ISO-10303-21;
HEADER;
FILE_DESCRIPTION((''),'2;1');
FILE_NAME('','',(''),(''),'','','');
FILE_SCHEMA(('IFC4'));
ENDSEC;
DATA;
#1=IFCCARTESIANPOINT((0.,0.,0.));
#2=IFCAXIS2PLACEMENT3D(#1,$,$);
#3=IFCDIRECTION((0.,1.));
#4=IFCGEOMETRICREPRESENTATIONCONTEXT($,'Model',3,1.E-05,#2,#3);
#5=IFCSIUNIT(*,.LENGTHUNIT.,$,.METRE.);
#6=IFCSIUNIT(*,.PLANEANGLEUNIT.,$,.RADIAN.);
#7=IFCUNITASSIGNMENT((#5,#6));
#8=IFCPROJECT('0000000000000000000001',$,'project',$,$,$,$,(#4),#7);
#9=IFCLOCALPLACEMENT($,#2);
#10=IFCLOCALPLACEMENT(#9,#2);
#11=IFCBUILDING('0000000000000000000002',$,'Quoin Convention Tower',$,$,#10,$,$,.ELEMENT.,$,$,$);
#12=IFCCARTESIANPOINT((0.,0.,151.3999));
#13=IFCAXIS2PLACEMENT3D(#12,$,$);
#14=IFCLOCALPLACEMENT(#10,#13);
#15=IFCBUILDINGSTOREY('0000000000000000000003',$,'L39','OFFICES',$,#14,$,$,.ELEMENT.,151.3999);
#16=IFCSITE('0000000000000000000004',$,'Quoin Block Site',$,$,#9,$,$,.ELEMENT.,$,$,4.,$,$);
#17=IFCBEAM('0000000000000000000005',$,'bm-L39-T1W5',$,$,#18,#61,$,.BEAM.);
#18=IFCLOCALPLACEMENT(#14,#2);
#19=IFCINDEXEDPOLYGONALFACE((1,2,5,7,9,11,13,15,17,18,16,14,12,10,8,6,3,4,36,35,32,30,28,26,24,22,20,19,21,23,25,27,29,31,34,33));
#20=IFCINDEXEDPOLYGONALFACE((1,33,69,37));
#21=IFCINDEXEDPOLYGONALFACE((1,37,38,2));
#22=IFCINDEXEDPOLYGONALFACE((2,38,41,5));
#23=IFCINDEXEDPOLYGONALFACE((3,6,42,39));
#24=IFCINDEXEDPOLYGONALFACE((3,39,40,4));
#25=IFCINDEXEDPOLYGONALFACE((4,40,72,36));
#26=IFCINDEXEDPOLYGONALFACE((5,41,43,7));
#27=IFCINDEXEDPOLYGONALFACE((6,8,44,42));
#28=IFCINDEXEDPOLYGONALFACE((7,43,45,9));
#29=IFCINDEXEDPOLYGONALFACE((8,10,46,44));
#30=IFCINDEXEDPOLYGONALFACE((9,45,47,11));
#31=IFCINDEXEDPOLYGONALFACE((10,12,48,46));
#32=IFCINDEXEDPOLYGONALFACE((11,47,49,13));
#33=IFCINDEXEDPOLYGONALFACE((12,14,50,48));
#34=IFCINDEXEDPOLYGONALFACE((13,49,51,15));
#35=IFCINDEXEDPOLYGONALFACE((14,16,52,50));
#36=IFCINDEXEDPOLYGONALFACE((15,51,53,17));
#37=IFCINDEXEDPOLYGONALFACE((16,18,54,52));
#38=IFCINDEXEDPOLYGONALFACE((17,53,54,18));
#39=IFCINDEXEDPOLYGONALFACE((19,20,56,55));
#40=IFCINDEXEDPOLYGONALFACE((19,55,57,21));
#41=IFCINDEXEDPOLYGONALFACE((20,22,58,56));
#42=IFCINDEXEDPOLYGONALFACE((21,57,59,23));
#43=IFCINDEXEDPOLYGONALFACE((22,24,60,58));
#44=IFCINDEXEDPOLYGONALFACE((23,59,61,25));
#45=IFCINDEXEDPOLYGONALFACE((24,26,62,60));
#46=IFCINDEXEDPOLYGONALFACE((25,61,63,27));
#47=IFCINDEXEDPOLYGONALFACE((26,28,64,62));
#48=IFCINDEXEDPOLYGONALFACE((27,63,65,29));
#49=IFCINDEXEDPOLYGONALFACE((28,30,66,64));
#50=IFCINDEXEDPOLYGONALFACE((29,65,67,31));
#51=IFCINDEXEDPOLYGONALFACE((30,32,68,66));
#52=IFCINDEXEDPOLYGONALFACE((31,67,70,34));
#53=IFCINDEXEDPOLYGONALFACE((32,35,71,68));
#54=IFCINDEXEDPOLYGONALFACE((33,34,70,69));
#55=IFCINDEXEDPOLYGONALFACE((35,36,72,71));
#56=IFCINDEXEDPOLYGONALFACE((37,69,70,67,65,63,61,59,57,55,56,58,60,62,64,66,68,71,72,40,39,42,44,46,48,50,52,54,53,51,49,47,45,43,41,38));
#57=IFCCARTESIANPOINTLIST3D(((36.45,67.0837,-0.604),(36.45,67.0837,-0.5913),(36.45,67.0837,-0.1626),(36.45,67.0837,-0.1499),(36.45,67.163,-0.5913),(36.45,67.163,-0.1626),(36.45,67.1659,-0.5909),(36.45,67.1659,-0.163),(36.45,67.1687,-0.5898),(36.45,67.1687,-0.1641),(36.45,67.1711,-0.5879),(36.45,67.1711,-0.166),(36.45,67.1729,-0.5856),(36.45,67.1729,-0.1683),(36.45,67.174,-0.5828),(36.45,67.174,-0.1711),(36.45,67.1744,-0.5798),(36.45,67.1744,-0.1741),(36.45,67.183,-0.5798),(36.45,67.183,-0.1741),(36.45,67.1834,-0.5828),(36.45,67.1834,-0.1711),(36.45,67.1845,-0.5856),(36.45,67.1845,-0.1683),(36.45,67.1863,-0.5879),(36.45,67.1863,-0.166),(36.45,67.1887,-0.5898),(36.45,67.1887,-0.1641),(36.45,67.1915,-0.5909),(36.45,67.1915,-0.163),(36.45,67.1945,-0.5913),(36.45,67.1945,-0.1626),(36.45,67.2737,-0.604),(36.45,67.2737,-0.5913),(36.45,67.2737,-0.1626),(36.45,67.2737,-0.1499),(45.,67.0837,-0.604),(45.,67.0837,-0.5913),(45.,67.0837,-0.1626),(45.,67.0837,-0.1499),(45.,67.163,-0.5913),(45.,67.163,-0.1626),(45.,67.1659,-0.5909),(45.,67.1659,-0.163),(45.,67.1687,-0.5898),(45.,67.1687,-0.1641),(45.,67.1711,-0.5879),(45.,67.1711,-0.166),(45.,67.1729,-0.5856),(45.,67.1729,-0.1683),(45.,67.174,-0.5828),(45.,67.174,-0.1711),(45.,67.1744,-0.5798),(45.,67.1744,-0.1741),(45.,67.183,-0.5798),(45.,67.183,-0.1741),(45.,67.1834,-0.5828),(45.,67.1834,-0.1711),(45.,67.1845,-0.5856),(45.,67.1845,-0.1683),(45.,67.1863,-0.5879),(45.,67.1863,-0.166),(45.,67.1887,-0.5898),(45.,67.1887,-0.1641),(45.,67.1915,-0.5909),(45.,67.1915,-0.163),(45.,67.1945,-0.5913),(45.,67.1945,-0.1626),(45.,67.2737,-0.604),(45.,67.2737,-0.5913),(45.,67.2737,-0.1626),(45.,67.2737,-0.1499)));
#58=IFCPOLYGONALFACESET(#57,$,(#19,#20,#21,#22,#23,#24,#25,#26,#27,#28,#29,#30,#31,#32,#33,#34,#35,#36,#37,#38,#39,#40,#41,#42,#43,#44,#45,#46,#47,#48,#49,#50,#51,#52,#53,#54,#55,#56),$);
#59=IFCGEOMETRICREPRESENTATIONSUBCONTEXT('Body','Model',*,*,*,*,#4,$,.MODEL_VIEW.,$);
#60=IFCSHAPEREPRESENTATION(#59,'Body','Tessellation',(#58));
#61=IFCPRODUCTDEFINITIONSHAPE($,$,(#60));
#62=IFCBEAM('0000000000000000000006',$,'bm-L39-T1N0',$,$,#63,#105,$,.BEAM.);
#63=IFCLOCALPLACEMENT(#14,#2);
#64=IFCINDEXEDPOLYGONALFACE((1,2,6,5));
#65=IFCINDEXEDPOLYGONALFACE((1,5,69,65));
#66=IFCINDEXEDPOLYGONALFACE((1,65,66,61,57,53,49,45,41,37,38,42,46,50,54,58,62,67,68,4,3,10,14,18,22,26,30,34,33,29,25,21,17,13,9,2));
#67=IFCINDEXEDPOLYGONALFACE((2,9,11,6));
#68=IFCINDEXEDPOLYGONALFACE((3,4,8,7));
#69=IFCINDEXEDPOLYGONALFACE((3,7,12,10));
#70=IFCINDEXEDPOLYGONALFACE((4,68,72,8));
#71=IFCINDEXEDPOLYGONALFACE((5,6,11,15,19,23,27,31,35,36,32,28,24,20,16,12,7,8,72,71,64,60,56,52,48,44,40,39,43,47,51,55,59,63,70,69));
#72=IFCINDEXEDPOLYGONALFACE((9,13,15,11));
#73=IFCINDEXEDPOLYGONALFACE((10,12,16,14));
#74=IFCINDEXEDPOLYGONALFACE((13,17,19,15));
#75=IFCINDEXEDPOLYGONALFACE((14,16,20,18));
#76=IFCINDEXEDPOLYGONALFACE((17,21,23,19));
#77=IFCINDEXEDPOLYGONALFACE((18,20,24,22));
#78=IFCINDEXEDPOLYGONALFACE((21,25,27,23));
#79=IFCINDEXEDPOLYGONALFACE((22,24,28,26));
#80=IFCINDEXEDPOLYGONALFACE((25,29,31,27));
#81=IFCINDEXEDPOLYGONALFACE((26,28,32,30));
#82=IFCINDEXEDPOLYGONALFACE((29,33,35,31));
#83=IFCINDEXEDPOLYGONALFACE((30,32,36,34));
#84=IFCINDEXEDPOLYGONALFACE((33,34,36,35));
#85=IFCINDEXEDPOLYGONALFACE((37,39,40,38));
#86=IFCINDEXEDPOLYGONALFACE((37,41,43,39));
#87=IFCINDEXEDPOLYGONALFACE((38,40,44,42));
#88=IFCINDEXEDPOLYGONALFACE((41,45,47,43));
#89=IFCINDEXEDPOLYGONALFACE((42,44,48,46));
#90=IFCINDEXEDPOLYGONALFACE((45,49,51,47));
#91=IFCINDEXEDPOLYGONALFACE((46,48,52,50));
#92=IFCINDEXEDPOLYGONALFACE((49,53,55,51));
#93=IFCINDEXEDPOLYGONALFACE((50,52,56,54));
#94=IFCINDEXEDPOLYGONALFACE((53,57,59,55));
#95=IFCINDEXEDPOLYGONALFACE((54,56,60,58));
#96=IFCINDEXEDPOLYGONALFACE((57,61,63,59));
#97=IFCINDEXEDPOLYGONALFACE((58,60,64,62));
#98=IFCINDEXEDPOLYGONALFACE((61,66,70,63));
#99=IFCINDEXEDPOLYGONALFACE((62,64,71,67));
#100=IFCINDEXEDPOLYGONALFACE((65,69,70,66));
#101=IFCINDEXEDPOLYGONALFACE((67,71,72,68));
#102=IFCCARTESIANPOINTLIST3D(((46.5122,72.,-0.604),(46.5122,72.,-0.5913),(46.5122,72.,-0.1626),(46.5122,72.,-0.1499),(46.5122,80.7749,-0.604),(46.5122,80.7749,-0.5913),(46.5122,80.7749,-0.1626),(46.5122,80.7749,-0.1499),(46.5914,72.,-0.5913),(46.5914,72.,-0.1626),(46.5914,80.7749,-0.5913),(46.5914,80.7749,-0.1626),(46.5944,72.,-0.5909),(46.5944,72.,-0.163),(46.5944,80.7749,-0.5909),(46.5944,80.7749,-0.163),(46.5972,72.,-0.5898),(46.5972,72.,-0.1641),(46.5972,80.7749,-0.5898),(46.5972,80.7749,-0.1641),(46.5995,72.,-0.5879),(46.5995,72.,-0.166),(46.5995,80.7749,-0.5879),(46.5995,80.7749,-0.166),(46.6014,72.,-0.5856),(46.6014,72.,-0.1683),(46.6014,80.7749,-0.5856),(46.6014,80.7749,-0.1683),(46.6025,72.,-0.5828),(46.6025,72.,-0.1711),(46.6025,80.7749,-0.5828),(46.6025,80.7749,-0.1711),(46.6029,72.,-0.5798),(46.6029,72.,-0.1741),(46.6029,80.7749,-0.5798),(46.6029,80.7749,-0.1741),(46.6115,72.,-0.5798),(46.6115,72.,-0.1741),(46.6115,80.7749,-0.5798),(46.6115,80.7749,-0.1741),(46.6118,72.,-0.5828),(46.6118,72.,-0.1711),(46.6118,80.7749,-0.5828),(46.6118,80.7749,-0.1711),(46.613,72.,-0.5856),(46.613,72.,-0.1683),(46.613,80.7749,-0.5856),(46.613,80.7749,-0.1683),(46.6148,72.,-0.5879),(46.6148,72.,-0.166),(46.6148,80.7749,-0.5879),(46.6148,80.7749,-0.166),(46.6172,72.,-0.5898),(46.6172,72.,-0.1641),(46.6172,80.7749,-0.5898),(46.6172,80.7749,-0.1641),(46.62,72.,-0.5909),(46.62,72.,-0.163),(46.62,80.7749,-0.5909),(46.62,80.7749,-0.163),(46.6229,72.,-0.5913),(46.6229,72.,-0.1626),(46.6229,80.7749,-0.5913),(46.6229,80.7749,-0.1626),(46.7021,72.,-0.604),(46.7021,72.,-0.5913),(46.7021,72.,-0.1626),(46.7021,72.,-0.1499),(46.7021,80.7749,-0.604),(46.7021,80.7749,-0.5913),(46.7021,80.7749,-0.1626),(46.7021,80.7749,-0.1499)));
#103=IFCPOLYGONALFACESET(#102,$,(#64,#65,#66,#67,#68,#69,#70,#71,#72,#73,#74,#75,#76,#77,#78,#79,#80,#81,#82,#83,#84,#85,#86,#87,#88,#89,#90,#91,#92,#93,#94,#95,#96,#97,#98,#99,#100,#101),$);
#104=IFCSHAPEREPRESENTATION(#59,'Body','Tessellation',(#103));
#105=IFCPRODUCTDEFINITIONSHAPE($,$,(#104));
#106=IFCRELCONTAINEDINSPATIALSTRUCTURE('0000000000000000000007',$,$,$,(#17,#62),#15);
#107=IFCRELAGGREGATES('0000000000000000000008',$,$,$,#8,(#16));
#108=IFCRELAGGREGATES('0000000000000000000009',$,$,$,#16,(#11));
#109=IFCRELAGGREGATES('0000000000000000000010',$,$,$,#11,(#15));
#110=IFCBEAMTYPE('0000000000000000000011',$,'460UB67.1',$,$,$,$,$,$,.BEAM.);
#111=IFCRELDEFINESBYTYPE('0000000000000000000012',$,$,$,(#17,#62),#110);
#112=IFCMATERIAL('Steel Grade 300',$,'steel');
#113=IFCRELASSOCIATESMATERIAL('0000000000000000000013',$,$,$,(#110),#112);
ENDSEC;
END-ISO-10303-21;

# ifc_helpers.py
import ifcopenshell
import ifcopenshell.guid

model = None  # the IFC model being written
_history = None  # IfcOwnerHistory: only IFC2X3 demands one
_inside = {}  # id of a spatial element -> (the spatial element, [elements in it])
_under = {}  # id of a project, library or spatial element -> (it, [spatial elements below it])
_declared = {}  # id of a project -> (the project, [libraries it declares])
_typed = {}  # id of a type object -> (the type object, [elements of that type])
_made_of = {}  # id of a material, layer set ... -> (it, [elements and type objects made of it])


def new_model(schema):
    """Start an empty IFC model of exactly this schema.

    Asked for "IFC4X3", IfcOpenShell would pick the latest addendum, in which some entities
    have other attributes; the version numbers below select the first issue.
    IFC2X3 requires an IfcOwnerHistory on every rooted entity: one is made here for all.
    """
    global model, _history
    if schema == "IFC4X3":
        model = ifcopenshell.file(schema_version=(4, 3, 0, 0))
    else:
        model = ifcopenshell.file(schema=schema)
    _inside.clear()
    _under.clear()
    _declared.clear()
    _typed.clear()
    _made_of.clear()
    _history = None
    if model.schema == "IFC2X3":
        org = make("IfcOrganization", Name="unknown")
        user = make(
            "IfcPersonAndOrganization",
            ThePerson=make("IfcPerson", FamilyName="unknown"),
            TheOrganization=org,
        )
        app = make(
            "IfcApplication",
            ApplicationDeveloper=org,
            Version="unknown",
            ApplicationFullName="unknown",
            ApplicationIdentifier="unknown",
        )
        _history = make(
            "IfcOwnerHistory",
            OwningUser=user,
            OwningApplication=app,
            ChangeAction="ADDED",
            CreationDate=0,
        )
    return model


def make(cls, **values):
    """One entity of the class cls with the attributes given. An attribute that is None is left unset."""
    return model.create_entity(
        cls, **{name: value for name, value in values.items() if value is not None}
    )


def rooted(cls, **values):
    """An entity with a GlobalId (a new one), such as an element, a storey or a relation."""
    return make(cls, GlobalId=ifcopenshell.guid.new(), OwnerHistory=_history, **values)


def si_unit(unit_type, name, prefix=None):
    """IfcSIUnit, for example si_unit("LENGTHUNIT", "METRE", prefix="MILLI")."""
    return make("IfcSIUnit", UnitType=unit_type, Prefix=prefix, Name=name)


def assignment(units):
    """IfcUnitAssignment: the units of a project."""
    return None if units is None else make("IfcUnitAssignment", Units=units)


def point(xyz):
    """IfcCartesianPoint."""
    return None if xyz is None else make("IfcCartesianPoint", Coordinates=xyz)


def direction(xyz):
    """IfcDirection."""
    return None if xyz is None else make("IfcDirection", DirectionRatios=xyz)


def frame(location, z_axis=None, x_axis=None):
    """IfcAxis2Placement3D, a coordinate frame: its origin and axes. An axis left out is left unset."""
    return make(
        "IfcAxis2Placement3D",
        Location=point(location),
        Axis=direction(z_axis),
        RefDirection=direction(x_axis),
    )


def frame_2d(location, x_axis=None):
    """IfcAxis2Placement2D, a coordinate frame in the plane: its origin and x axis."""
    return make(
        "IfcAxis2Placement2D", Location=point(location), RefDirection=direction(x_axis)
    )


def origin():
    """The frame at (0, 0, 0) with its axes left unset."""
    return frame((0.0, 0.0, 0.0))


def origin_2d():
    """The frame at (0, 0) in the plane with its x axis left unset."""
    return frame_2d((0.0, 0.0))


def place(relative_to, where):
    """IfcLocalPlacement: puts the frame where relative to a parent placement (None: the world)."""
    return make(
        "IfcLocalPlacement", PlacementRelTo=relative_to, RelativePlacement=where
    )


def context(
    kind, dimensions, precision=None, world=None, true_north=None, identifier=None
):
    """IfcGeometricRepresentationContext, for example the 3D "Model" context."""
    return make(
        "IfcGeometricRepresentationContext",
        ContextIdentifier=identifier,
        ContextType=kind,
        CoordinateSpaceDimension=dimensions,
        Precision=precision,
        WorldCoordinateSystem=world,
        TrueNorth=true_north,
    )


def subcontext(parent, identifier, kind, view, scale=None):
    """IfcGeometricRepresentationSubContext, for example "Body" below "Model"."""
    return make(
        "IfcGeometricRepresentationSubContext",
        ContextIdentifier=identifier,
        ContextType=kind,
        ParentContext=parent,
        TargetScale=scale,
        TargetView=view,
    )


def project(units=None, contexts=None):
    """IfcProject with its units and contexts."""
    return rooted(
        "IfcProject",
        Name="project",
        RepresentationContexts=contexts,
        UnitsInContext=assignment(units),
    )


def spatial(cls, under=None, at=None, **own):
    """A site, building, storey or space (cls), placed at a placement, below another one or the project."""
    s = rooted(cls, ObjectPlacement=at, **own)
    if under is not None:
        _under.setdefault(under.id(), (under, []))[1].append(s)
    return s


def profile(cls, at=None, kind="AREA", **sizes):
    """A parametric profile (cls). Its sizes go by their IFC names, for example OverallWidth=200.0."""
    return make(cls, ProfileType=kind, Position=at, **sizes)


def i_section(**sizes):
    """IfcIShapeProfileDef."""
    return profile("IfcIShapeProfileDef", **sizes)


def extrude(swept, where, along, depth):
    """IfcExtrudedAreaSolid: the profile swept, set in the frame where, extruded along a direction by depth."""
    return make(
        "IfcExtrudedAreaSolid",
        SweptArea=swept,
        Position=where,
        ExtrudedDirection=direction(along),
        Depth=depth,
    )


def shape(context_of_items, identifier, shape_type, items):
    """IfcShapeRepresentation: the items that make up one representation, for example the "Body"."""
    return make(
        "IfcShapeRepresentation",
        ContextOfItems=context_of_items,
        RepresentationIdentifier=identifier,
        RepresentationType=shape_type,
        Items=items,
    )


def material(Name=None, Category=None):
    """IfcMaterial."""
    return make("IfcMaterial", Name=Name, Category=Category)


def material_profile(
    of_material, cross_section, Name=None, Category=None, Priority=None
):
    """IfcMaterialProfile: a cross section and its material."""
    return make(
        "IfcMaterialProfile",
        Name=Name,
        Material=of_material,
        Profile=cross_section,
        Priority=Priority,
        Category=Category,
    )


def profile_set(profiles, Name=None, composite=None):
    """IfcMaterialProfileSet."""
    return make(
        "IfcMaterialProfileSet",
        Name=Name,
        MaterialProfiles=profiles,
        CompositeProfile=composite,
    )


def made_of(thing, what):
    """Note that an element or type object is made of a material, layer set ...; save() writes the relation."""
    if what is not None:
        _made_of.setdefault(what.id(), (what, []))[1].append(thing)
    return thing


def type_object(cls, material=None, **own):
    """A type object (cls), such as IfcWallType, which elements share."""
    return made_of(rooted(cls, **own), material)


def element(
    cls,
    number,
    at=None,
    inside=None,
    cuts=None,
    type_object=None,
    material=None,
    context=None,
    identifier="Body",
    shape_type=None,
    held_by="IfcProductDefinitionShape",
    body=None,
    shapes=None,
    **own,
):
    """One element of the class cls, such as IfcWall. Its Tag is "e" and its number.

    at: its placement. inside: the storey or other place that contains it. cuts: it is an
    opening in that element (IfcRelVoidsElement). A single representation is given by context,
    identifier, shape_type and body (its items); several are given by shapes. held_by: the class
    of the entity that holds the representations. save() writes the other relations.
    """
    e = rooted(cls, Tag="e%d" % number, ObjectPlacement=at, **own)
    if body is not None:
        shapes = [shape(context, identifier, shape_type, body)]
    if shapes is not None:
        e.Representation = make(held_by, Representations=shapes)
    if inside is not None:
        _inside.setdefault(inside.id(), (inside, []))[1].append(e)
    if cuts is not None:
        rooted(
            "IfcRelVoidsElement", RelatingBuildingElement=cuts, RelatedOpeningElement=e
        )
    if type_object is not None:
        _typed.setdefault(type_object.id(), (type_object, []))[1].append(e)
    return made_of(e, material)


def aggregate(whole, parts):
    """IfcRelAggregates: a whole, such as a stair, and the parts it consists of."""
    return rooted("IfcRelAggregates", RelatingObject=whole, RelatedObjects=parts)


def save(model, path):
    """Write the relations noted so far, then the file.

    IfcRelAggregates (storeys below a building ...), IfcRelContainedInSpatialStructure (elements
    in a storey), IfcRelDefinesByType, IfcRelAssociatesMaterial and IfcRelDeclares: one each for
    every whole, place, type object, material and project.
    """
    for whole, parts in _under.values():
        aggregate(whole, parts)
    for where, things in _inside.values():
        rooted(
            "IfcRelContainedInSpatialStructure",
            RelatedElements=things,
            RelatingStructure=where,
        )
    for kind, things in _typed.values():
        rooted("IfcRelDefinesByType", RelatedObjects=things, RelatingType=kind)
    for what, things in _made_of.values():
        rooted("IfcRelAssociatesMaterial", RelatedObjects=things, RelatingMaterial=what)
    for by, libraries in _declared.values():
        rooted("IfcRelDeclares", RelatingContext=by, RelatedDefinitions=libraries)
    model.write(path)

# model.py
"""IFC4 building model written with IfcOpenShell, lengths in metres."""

from ifc_helpers import new_model, si_unit, direction, frame, origin, origin_2d, place, context, subcontext, project, spatial, i_section, extrude, material, material_profile, profile_set, type_object, element, save


model = new_model("IFC4")

# Units and contexts
model_context = context("Model", 3, precision=1e-05, world=origin(), true_north=direction((0.0, 1.0)))
body_context = subcontext(model_context, "Body", "Model", "MODEL_VIEW")
ifc_project = project(units=[si_unit("LENGTHUNIT", "METRE"), si_unit("PLANEANGLEUNIT", "RADIAN")], contexts=[model_context])

# Site, building, storey
site_placement = place(None, origin())
site = spatial("IfcSite", under=ifc_project, at=site_placement, Name="Quoin Block Site", CompositionType="ELEMENT", RefElevation=4.0)
building_placement = place(site_placement, origin())
building = spatial("IfcBuilding", under=site, at=building_placement, Name="Quoin Convention Tower", CompositionType="ELEMENT")
storey_placement = place(building_placement, frame((0.0, 0.0, 151.3999)))
storey = spatial("IfcBuildingStorey", under=building, at=storey_placement, Name="L39", Description="OFFICES", CompositionType="ELEMENT", Elevation=151.3999)

# Beams
ifc_material_1 = material(Name="Steel Grade 300", Category="steel")
ifc_material_profile = material_profile(ifc_material_1, i_section(OverallWidth=0.1899, OverallDepth=0.4541, WebThickness=0.0085, FlangeThickness=0.0127, FilletRadius=0.0115, at=origin_2d()), Name="460UB67.1")
ifc_profile_set = profile_set([ifc_material_profile], Name="Steel Grade 300")
beam_type = type_object("IfcBeamType", Name="460UB67.1", PredefinedType="BEAM", material=ifc_profile_set)
beam_1_placement = place(storey_placement, frame((36.45, 67.1787, -0.377), z_axis=(1.0, 0.0, 0.0), x_axis=(0.0, 1.0, 0.0)))
element("IfcBeam", 1, at=beam_1_placement, inside=storey, type_object=beam_type, Name="bm-L39-T1W5", PredefinedType="BEAM", context=body_context, shape_type="SweptSolid", body=[
    extrude(i_section(OverallWidth=0.1899, OverallDepth=0.4541, WebThickness=0.0085, FlangeThickness=0.0127, FilletRadius=0.0115, at=origin_2d()), origin(), (0.0, 0.0, 1.0), 8.55),
])
beam_2_placement = place(storey_placement, frame((46.6072, 72.0, -0.377), z_axis=(0.0, 1.0, 0.0), x_axis=(-1.0, 0.0, 0.0)))
element("IfcBeam", 2, at=beam_2_placement, inside=storey, type_object=beam_type, Name="bm-L39-T1N0", PredefinedType="BEAM", context=body_context, shape_type="SweptSolid", body=[
    extrude(i_section(OverallWidth=0.1899, OverallDepth=0.4541, WebThickness=0.0085, FlangeThickness=0.0127, FilletRadius=0.0115, at=origin_2d()), origin(), (0.0, 0.0, 1.0), 8.7749),
])

save(model, "model.ifc")
